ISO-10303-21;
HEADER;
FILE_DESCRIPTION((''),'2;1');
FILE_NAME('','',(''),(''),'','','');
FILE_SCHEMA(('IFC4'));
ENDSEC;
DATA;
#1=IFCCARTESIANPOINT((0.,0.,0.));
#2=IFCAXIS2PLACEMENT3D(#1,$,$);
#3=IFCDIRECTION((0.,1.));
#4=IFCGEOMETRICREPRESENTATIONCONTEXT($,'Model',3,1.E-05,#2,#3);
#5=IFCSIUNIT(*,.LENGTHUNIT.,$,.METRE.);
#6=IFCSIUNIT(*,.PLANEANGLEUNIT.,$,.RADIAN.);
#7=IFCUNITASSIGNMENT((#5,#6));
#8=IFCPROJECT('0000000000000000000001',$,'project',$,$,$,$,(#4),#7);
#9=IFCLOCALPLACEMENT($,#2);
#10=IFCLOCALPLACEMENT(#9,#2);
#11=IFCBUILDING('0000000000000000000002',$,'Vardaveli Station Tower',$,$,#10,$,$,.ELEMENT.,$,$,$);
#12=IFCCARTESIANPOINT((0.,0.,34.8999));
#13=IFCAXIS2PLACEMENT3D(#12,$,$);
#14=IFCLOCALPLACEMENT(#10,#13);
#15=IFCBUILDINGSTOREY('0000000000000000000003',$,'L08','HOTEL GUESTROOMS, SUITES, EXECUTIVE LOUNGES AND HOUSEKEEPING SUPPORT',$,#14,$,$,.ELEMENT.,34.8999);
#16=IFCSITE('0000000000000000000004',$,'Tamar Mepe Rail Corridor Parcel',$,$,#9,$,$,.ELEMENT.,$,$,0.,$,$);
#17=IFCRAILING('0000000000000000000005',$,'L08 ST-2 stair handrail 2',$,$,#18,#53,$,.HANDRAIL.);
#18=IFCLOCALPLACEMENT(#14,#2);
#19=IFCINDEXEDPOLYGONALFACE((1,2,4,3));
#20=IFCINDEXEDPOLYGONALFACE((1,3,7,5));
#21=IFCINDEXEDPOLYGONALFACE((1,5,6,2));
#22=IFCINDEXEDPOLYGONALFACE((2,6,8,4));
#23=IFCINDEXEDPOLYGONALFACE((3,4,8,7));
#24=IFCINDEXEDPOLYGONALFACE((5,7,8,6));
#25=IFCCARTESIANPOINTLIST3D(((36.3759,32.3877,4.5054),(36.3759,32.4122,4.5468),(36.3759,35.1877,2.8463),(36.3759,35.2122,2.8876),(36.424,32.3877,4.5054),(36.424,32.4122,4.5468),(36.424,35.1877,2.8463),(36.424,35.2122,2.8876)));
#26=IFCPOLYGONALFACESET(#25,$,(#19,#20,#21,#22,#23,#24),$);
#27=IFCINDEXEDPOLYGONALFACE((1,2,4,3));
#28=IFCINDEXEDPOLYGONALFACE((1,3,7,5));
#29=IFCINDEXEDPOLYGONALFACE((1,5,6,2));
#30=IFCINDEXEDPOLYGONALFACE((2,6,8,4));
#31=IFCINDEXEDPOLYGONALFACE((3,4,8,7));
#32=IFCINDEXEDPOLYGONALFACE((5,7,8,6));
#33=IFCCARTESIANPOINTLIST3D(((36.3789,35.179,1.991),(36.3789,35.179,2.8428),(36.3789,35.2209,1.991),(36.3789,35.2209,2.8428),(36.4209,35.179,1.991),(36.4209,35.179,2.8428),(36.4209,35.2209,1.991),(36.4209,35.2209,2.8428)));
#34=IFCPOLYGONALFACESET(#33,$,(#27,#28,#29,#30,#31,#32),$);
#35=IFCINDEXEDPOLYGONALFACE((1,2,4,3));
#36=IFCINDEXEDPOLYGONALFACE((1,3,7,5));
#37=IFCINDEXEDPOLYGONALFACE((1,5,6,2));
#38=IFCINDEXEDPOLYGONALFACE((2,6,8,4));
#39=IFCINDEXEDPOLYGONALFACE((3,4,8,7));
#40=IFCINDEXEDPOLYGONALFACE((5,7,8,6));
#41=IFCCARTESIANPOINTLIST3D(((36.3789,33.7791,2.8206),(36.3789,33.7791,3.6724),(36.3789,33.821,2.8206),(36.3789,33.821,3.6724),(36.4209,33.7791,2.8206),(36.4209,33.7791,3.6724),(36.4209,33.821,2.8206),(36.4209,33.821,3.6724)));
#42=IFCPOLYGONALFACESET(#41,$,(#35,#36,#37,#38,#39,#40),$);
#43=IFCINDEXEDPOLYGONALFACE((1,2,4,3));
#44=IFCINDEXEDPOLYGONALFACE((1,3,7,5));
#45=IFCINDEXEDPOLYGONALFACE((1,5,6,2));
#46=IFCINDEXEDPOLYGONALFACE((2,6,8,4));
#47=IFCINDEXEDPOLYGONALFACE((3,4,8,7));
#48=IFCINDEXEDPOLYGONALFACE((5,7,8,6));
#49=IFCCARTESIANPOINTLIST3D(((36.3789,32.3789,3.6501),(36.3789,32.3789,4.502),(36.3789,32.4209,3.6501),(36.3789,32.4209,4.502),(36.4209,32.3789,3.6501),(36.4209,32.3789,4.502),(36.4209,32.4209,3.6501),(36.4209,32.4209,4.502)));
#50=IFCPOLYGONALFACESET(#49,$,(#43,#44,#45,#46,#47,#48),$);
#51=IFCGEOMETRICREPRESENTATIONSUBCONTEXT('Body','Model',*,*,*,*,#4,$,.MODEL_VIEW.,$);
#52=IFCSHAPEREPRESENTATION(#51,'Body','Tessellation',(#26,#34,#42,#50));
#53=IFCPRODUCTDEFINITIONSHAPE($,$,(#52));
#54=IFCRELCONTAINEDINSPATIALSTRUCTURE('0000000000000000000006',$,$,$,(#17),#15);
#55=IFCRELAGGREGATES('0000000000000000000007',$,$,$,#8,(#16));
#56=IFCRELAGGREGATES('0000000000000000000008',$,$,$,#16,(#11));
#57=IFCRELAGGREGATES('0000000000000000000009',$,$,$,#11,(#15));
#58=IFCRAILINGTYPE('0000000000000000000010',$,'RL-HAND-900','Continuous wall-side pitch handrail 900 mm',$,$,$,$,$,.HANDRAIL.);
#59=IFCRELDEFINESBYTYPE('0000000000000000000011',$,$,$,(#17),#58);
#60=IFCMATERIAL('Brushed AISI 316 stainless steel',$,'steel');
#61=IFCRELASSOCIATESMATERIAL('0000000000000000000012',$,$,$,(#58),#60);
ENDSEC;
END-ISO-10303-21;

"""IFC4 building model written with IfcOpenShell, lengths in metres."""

from ifc_helpers import new_model, si_unit, direction, frame, origin, origin_2d, place, context, subcontext, project, spatial, rectangle, extrude, source, transform, mapped, material, type_object, element, save


model = new_model("IFC4")

# Units and contexts
model_context = context("Model", 3, precision=1e-05, world=origin(), true_north=direction((0.0, 1.0)))
body_context = subcontext(model_context, "Body", "Model", "MODEL_VIEW")
ifc_project = project(units=[si_unit("LENGTHUNIT", "METRE"), si_unit("PLANEANGLEUNIT", "RADIAN")], contexts=[model_context])

# Site, building, storey
site_placement = place(None, origin())
site = spatial("IfcSite", under=ifc_project, at=site_placement, Name="Tamar Mepe Rail Corridor Parcel", CompositionType="ELEMENT", RefElevation=0.0)
building_placement = place(site_placement, origin())
building = spatial("IfcBuilding", under=site, at=building_placement, Name="Vardaveli Station Tower", CompositionType="ELEMENT")
storey_placement = place(building_placement, frame((0.0, 0.0, 34.8999)))
storey = spatial("IfcBuildingStorey", under=building, at=storey_placement, Name="L08", Description="HOTEL GUESTROOMS, SUITES, EXECUTIVE LOUNGES AND HOUSEKEEPING SUPPORT", CompositionType="ELEMENT", Elevation=34.8999)

# Railing
ifc_material_1 = material(Name="Brushed AISI 316 stainless steel", Category="steel")
railing_type_1 = type_object("IfcRailingType", Name="RL-HAND-900", Description="Continuous wall-side pitch handrail 900 mm", PredefinedType="HANDRAIL", material=ifc_material_1)
shared_shape_1 = source(origin(), body_context, "Body", "SweptSolid", [
    extrude(rectangle(XDim=0.0481, YDim=0.0481, at=origin_2d()), frame((0.0, 0.0, 0.876), z_axis=(0.0, -0.860306, 0.509778), x_axis=(1.0, 0.0, 0.0)), (0.0, 0.0, 1.0), 3.2546),
    extrude(rectangle(XDim=0.042, YDim=0.042, at=origin_2d()), origin(), (0.0, 0.0, 1.0), 0.8518),
    extrude(rectangle(XDim=0.042, YDim=0.042, at=origin_2d()), frame((0.0, -1.3999, 0.8296)), (0.0, 0.0, 1.0), 0.8518),
    extrude(rectangle(XDim=0.042, YDim=0.042, at=origin_2d()), frame((0.0, -2.8, 1.6592)), (0.0, 0.0, 1.0), 0.8518),
])
railing_1_placement = place(storey_placement, frame((36.3999, 35.2, 1.991)))
element("IfcRailing", 1, at=railing_1_placement, inside=storey, type_object=railing_type_1, Name="L08 ST-2 stair handrail 2", PredefinedType="HANDRAIL", context=body_context, shape_type="MappedRepresentation", body=[
    mapped(shared_shape_1, transform((0.0, 0.0, 0.0), scale=1.0)),
])

save(model, "model.ifc")
